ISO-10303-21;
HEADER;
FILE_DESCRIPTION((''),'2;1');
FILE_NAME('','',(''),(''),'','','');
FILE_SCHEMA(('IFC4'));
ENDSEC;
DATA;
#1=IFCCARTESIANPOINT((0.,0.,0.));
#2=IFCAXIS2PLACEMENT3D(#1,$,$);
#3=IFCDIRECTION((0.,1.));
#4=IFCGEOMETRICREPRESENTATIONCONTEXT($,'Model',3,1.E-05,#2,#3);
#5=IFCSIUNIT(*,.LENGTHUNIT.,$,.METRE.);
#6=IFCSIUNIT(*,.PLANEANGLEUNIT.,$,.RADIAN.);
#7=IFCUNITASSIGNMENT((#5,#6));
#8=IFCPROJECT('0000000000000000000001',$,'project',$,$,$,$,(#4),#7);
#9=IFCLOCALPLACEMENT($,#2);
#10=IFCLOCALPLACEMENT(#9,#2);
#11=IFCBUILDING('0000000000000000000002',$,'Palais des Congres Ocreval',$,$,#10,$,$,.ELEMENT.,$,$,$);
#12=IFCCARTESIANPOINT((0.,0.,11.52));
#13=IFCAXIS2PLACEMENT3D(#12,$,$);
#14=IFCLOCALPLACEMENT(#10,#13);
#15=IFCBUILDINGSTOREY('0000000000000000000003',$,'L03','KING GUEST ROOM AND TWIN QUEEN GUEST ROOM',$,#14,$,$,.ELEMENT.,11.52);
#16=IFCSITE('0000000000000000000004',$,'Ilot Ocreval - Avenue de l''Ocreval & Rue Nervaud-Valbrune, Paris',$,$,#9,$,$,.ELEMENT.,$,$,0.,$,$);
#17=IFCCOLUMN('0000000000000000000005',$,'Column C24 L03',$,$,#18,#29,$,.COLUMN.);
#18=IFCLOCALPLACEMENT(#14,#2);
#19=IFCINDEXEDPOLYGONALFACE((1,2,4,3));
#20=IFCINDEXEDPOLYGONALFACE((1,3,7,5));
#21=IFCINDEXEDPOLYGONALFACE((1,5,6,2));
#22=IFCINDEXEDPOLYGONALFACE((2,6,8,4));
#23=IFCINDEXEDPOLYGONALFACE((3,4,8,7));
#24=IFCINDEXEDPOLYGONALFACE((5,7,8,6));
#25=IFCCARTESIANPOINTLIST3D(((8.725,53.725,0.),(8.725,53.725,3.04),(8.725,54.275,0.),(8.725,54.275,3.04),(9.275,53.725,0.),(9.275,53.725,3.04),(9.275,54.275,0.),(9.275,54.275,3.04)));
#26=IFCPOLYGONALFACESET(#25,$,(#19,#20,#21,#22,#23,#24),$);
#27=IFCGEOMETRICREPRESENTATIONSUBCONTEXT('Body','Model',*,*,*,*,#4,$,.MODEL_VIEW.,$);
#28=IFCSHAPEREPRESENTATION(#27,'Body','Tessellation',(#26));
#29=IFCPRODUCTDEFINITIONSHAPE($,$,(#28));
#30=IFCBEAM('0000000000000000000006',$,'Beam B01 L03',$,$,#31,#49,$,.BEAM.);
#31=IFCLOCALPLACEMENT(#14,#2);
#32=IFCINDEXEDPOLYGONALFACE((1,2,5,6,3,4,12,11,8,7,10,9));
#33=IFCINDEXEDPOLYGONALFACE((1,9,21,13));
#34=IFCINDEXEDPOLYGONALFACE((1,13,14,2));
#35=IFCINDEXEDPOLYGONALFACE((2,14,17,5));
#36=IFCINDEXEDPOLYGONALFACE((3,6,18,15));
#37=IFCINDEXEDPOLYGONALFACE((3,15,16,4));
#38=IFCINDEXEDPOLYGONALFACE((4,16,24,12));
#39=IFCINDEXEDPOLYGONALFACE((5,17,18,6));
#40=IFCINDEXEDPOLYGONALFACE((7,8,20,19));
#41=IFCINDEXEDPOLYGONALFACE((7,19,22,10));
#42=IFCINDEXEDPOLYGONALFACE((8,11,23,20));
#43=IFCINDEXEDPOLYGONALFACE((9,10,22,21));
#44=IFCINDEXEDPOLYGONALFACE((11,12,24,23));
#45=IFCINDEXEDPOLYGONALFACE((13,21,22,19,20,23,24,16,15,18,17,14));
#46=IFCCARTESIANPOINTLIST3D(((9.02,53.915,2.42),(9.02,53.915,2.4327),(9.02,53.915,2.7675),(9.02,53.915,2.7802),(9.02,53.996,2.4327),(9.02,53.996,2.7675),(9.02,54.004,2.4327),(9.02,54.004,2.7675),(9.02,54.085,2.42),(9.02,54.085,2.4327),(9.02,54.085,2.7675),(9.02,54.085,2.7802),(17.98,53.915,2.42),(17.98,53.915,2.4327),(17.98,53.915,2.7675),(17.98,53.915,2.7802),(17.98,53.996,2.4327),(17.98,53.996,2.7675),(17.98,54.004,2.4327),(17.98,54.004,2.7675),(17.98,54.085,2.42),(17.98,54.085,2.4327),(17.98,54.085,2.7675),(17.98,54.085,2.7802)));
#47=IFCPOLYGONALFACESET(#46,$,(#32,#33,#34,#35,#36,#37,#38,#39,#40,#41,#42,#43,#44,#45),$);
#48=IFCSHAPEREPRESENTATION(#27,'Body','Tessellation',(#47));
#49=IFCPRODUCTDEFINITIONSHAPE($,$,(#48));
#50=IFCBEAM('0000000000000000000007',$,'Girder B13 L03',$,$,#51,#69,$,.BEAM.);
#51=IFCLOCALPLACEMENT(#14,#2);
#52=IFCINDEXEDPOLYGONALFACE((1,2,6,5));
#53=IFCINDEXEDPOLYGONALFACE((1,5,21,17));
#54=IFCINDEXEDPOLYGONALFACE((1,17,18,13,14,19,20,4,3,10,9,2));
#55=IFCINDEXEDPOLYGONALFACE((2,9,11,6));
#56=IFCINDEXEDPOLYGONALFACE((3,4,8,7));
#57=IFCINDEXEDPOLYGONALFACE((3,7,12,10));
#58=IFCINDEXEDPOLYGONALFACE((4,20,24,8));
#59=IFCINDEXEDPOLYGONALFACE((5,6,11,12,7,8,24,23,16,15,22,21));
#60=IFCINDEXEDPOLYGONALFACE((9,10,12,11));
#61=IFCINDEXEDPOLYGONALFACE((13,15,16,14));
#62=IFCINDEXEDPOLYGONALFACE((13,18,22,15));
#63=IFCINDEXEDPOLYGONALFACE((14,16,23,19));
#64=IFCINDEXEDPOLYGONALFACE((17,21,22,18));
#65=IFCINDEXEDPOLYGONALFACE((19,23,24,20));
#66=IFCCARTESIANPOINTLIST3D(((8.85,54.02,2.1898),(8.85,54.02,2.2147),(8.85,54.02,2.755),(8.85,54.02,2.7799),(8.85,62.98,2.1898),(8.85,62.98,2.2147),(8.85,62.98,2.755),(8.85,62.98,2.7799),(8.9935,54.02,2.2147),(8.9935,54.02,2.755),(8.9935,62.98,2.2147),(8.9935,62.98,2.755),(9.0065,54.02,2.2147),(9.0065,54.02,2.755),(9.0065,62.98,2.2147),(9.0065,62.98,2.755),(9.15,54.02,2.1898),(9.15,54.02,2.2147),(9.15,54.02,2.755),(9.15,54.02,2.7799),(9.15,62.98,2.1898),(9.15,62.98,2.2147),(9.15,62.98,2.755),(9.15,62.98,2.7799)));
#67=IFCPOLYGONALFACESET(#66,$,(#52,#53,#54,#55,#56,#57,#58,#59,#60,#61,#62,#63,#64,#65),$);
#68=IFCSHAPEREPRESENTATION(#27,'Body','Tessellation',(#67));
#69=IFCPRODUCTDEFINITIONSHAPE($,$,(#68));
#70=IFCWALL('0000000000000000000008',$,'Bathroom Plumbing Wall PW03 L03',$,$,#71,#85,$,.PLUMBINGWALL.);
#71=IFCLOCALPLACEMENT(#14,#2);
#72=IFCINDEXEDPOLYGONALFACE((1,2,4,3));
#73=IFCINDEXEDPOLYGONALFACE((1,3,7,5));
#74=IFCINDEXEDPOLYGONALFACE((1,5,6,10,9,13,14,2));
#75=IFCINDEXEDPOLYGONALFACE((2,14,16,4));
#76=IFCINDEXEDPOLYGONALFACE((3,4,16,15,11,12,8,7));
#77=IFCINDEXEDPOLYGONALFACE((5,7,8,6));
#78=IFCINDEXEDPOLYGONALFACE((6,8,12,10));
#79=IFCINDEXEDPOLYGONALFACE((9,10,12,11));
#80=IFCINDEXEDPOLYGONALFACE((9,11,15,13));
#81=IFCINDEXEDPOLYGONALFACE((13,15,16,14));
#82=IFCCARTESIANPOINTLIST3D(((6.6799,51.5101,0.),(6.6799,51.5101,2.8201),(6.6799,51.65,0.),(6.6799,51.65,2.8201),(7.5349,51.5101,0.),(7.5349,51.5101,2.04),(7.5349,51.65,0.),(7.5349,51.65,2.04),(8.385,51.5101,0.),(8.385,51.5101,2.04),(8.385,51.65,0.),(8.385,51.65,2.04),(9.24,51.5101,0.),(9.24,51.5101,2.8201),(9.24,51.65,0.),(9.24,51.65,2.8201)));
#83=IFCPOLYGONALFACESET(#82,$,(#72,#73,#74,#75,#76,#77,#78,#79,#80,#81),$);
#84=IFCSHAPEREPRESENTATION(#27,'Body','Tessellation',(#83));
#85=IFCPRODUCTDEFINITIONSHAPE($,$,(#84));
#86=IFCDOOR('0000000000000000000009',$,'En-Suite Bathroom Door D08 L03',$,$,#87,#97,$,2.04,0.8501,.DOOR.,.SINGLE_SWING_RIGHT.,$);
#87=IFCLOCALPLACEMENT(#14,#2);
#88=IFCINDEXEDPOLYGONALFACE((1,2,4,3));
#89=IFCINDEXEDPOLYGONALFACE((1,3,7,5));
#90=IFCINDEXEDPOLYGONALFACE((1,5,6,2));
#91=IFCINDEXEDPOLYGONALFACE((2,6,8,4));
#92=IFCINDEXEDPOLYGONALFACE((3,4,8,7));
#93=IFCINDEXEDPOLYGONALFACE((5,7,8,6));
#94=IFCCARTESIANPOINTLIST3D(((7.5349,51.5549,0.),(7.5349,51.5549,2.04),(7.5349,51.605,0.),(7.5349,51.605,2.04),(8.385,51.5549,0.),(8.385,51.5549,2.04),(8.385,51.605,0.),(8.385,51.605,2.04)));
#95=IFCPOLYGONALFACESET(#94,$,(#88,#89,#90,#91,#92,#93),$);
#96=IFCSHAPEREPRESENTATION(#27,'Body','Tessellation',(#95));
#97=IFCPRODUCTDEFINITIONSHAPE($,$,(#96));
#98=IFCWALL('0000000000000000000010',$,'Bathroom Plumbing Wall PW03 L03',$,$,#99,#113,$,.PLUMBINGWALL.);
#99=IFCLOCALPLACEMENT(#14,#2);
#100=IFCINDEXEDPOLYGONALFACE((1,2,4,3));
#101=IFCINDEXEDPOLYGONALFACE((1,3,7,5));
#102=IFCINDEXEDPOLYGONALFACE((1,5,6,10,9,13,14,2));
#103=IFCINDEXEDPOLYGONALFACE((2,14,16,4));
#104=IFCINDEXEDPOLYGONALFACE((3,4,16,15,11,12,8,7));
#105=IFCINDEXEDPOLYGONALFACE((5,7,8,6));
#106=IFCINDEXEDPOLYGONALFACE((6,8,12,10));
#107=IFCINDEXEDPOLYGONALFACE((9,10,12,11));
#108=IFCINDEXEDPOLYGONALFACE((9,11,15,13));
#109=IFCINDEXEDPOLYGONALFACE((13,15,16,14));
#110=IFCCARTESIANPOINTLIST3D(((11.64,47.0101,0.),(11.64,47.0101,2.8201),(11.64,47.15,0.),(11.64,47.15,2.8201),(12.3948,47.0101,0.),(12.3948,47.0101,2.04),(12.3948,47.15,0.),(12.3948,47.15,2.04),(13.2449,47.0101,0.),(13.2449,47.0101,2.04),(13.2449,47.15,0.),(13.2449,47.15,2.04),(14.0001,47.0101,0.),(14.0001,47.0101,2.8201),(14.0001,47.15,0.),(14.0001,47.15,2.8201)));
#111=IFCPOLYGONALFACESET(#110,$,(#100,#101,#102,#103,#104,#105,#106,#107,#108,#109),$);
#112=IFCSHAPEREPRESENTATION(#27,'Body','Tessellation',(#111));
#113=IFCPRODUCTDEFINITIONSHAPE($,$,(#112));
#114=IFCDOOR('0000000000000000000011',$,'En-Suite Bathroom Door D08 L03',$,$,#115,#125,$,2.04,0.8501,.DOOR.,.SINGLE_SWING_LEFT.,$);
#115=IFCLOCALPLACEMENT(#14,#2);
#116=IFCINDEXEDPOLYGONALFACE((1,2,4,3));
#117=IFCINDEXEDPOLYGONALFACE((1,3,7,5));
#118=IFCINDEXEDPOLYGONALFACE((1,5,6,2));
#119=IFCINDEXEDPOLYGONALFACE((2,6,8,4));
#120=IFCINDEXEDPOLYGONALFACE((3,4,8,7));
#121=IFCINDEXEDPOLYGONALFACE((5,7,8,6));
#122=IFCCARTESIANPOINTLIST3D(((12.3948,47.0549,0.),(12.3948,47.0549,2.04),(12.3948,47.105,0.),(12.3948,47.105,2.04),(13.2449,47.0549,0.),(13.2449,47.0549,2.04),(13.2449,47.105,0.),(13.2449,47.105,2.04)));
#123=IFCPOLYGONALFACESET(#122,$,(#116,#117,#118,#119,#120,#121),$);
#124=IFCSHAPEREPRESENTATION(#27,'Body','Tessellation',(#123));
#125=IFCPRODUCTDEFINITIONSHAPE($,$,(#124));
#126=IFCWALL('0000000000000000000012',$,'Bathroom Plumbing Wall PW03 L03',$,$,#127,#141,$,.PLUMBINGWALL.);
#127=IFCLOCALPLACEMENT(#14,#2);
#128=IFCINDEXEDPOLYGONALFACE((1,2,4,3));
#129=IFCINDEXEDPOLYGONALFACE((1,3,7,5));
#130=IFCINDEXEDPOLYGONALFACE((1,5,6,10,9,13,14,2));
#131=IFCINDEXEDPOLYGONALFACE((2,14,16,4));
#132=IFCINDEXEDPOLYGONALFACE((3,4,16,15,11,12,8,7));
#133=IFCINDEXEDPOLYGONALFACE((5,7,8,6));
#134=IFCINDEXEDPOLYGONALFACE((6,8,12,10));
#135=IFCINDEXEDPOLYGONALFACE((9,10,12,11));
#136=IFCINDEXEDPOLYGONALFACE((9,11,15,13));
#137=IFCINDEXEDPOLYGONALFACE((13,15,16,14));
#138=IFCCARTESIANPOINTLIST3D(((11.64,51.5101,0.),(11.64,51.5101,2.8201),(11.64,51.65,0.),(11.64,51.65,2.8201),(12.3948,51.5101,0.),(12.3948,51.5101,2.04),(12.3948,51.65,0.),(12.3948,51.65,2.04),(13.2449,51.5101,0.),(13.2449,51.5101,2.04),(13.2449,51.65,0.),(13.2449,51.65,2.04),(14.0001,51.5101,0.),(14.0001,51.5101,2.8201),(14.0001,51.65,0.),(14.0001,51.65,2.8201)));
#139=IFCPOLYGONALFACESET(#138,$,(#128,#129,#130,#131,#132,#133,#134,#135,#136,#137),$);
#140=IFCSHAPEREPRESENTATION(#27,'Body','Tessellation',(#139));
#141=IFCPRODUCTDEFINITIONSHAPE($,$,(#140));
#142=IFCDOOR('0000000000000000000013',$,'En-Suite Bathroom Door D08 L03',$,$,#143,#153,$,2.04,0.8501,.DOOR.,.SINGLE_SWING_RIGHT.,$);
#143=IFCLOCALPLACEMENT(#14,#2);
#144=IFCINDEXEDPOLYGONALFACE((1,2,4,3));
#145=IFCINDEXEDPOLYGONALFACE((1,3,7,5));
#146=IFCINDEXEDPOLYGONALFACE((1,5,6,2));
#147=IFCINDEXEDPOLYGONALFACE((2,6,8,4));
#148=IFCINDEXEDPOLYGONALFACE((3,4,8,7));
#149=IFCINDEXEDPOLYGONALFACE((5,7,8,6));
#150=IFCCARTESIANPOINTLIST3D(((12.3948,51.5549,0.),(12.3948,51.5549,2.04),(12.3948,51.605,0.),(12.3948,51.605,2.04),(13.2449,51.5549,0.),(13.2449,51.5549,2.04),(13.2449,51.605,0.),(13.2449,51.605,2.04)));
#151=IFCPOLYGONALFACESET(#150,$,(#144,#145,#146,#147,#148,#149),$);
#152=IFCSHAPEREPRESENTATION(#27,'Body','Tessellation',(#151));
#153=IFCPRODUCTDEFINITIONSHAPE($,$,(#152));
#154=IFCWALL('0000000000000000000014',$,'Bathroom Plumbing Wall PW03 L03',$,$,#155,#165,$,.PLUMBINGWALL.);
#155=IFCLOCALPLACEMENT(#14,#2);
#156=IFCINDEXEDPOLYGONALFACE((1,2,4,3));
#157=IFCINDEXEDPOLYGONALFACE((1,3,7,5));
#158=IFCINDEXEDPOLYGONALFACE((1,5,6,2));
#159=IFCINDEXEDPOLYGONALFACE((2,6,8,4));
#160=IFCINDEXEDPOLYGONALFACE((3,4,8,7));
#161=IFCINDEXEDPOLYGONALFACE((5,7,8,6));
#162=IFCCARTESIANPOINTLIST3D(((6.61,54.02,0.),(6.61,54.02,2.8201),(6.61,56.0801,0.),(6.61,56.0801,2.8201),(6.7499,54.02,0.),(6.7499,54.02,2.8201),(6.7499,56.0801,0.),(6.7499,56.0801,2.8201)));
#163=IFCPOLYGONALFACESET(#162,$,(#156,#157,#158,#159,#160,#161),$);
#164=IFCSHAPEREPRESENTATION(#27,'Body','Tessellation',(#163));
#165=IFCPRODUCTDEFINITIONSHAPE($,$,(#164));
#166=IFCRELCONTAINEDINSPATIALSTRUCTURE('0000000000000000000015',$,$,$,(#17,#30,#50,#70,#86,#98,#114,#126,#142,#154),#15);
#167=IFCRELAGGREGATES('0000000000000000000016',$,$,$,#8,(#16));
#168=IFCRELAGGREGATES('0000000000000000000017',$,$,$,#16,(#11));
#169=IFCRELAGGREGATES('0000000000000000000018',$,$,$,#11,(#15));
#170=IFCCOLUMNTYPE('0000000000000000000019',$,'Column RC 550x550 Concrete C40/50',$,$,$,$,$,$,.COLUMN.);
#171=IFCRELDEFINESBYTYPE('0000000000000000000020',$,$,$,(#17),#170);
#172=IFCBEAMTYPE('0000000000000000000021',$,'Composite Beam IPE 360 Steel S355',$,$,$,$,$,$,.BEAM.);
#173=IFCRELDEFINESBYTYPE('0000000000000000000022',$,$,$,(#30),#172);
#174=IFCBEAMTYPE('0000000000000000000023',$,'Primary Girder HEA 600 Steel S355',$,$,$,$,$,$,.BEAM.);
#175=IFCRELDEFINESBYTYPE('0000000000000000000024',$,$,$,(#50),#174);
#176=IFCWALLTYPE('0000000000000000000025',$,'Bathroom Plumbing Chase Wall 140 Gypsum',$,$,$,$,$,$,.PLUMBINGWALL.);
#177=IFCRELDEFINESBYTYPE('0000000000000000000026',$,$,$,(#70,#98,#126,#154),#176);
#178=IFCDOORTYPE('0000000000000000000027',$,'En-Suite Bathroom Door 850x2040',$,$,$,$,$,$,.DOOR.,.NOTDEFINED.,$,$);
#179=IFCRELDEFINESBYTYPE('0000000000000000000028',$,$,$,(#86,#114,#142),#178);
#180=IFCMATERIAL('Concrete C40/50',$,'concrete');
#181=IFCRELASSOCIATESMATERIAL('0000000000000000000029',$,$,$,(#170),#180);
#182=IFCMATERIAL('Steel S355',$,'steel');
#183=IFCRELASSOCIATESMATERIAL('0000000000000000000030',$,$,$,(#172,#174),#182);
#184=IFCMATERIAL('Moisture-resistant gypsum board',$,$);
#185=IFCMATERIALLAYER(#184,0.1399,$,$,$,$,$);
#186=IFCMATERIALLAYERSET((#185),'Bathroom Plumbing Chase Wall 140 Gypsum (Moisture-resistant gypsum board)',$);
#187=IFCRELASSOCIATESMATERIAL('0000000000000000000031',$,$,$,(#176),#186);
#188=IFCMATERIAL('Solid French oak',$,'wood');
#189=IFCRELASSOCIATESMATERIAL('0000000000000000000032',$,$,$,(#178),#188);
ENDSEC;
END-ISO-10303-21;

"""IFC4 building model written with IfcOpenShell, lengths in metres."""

from ifc_helpers import new_model, si_unit, direction, frame, frame_2d, origin, origin_2d, place, context, subcontext, project, spatial, rectangle, i_section, extrude, material, layer, layer_set, material_profile, profile_set, type_object, element, fill, save


model = new_model("IFC4")

# Units and contexts
model_context = context("Model", 3, precision=1e-05, world=origin(), true_north=direction((0.0, 1.0)))
body_context = subcontext(model_context, "Body", "Model", "MODEL_VIEW")
ifc_project = project(units=[si_unit("LENGTHUNIT", "METRE"), si_unit("PLANEANGLEUNIT", "RADIAN")], contexts=[model_context])

# Site, building, storey
site_placement = place(None, origin())
site = spatial("IfcSite", under=ifc_project, at=site_placement, Name="Ilot Ocreval - Avenue de l'Ocreval & Rue Nervaud-Valbrune, Paris", CompositionType="ELEMENT", RefElevation=0.0)
building_placement = place(site_placement, origin())
building = spatial("IfcBuilding", under=site, at=building_placement, Name="Palais des Congres Ocreval", CompositionType="ELEMENT")
storey_placement = place(building_placement, frame((0.0, 0.0, 11.52)))
storey = spatial("IfcBuildingStorey", under=building, at=storey_placement, Name="L03", Description="KING GUEST ROOM AND TWIN QUEEN GUEST ROOM", CompositionType="ELEMENT", Elevation=11.52)

# Column
ifc_material_1 = material(Name="Concrete C40/50", Category="concrete")
ifc_material_profile_1 = material_profile(ifc_material_1, rectangle(XDim=0.55, YDim=0.55, at=origin_2d()), Name="RC 550x550")
ifc_profile_set_1 = profile_set([ifc_material_profile_1], Name="Concrete C40/50")
column_type = type_object("IfcColumnType", Name="Column RC 550x550 Concrete C40/50", PredefinedType="COLUMN", material=ifc_profile_set_1)
column_placement = place(storey_placement, frame((9.0, 54.0, 0.0), z_axis=(0.0, 0.0, 1.0), x_axis=(1.0, 0.0, 0.0)))
element("IfcColumn", 1, at=column_placement, inside=storey, type_object=column_type, Name="Column C24 L03", PredefinedType="COLUMN", context=body_context, shape_type="SweptSolid", body=[
    extrude(rectangle(XDim=0.55, YDim=0.55, at=origin_2d()), origin(), (0.0, 0.0, 1.0), 3.04),
])

# Beams
ifc_material_2 = material(Name="Steel S355", Category="steel")
ifc_material_profile_2 = material_profile(ifc_material_2, i_section(OverallWidth=0.1699, OverallDepth=0.3601, WebThickness=0.0081, FlangeThickness=0.0127, at=origin_2d()), Name="IPE 360")
ifc_profile_set_2 = profile_set([ifc_material_profile_2], Name="Steel S355")
beam_type_1 = type_object("IfcBeamType", Name="Composite Beam IPE 360 Steel S355", PredefinedType="BEAM", material=ifc_profile_set_2)
beam_1_placement = place(storey_placement, frame((9.02, 54.0, 2.6001), z_axis=(1.0, 0.0, 0.0), x_axis=(0.0, 1.0, 0.0)))
element("IfcBeam", 2, at=beam_1_placement, inside=storey, type_object=beam_type_1, Name="Beam B01 L03", PredefinedType="BEAM", context=body_context, shape_type="SweptSolid", body=[
    extrude(i_section(OverallWidth=0.1699, OverallDepth=0.3601, WebThickness=0.0081, FlangeThickness=0.0127, at=origin_2d()), origin(), (0.0, 0.0, 1.0), 8.96),
])
ifc_material_profile_3 = material_profile(ifc_material_2, i_section(OverallWidth=0.3, OverallDepth=0.5901, WebThickness=0.0129, FlangeThickness=0.0249, at=origin_2d()), Name="HEA 600")
ifc_profile_set_3 = profile_set([ifc_material_profile_3], Name="Steel S355")
beam_type_2 = type_object("IfcBeamType", Name="Primary Girder HEA 600 Steel S355", PredefinedType="BEAM", material=ifc_profile_set_3)
beam_2_placement = place(storey_placement, frame((9.0, 54.02, 2.4849), z_axis=(0.0, 1.0, 0.0), x_axis=(-1.0, 0.0, 0.0)))
element("IfcBeam", 3, at=beam_2_placement, inside=storey, type_object=beam_type_2, Name="Girder B13 L03", PredefinedType="BEAM", context=body_context, shape_type="SweptSolid", body=[
    extrude(i_section(OverallWidth=0.3, OverallDepth=0.5901, WebThickness=0.0129, FlangeThickness=0.0249, at=origin_2d()), origin(), (0.0, 0.0, 1.0), 8.96),
])

# Walls, openings, doors
ifc_material_3 = material(Name="Moisture-resistant gypsum board")
ifc_layer_1 = layer(ifc_material_3, 0.1399)
ifc_layer_set_1 = layer_set([ifc_layer_1], Name="Bathroom Plumbing Chase Wall 140 Gypsum (Moisture-resistant gypsum board)")
wall_type_1 = type_object("IfcWallType", Name="Bathroom Plumbing Chase Wall 140 Gypsum", PredefinedType="PLUMBINGWALL", material=ifc_layer_set_1)
wall_1_placement = place(storey_placement, frame((6.6799, 51.5801, 0.0), z_axis=(0.0, 0.0, 1.0), x_axis=(1.0, 0.0, 0.0)))
wall_1 = element("IfcWall", 4, at=wall_1_placement, inside=storey, type_object=wall_type_1, Name="Bathroom Plumbing Wall PW03 L03", PredefinedType="PLUMBINGWALL", context=body_context, shape_type="SweptSolid", body=[
    extrude(rectangle(XDim=2.5601, YDim=0.1399, at=frame_2d((1.28, 0.0))), origin(), (0.0, 0.0, 1.0), 2.8201),
])
opening_1_placement = place(wall_1_placement, frame((0.855, 0.0, 0.0)))
opening_1 = element("IfcOpeningElement", 5, at=opening_1_placement, cuts=wall_1, PredefinedType="OPENING", context=body_context, shape_type="SweptSolid", body=[
    extrude(rectangle(XDim=0.8501, YDim=2.04, at=frame_2d((0.425, 1.02))), frame((0.0, 0.0798, 0.0), z_axis=(0.0, -1.0, 0.0), x_axis=(1.0, 0.0, 0.0)), (0.0, 0.0, 1.0), 0.1599),
])
ifc_material_4 = material(Name="Solid French oak", Category="wood")
door_type_1 = type_object("IfcDoorType", Name="En-Suite Bathroom Door 850x2040", OperationType="NOTDEFINED", PredefinedType="DOOR", material=ifc_material_4)
door_1_placement = place(opening_1_placement, origin())
door_1 = element("IfcDoor", 6, at=door_1_placement, inside=storey, type_object=door_type_1, Name="En-Suite Bathroom Door D08 L03", OperationType="SINGLE_SWING_RIGHT", OverallHeight=2.04, OverallWidth=0.8501, PredefinedType="DOOR", context=body_context, shape_type="SweptSolid", body=[
    extrude(rectangle(XDim=0.8501, YDim=2.04, at=frame_2d((0.425, 1.02))), frame((0.0, 0.0249, 0.0), z_axis=(0.0, -1.0, 0.0), x_axis=(1.0, 0.0, 0.0)), (0.0, 0.0, 1.0), 0.05),
])
fill(opening_1, door_1)
wall_2_placement = place(storey_placement, frame((11.6399, 47.0801, 0.0), z_axis=(0.0, 0.0, 1.0), x_axis=(1.0, 0.0, 0.0)))
wall_2 = element("IfcWall", 7, at=wall_2_placement, inside=storey, type_object=wall_type_1, Name="Bathroom Plumbing Wall PW03 L03", PredefinedType="PLUMBINGWALL", context=body_context, shape_type="SweptSolid", body=[
    extrude(rectangle(XDim=2.3601, YDim=0.1399, at=frame_2d((1.1802, 0.0))), origin(), (0.0, 0.0, 1.0), 2.8201),
])
opening_2_placement = place(wall_2_placement, frame((0.7549, 0.0, 0.0)))
opening_2 = element("IfcOpeningElement", 8, at=opening_2_placement, cuts=wall_2, PredefinedType="OPENING", context=body_context, shape_type="SweptSolid", body=[
    extrude(rectangle(XDim=0.8501, YDim=2.04, at=frame_2d((0.425, 1.02))), frame((0.0, 0.0798, 0.0), z_axis=(0.0, -1.0, 0.0), x_axis=(1.0, 0.0, 0.0)), (0.0, 0.0, 1.0), 0.1599),
])
door_2_placement = place(opening_2_placement, origin())
door_2 = element("IfcDoor", 9, at=door_2_placement, inside=storey, type_object=door_type_1, Name="En-Suite Bathroom Door D08 L03", OperationType="SINGLE_SWING_LEFT", OverallHeight=2.04, OverallWidth=0.8501, PredefinedType="DOOR", context=body_context, shape_type="SweptSolid", body=[
    extrude(rectangle(XDim=0.8501, YDim=2.04, at=frame_2d((0.425, 1.02))), frame((0.0, 0.0249, 0.0), z_axis=(0.0, -1.0, 0.0), x_axis=(1.0, 0.0, 0.0)), (0.0, 0.0, 1.0), 0.05),
])
fill(opening_2, door_2)
wall_3_placement = place(storey_placement, frame((11.6399, 51.5801, 0.0), z_axis=(0.0, 0.0, 1.0), x_axis=(1.0, 0.0, 0.0)))
wall_3 = element("IfcWall", 10, at=wall_3_placement, inside=storey, type_object=wall_type_1, Name="Bathroom Plumbing Wall PW03 L03", PredefinedType="PLUMBINGWALL", context=body_context, shape_type="SweptSolid", body=[
    extrude(rectangle(XDim=2.3601, YDim=0.1399, at=frame_2d((1.1802, 0.0))), origin(), (0.0, 0.0, 1.0), 2.8201),
])
opening_3_placement = place(wall_3_placement, frame((0.7549, 0.0, 0.0)))
opening_3 = element("IfcOpeningElement", 11, at=opening_3_placement, cuts=wall_3, PredefinedType="OPENING", context=body_context, shape_type="SweptSolid", body=[
    extrude(rectangle(XDim=0.8501, YDim=2.04, at=frame_2d((0.425, 1.02))), frame((0.0, 0.0798, 0.0), z_axis=(0.0, -1.0, 0.0), x_axis=(1.0, 0.0, 0.0)), (0.0, 0.0, 1.0), 0.1599),
])
door_3_placement = place(opening_3_placement, origin())
door_3 = element("IfcDoor", 12, at=door_3_placement, inside=storey, type_object=door_type_1, Name="En-Suite Bathroom Door D08 L03", OperationType="SINGLE_SWING_RIGHT", OverallHeight=2.04, OverallWidth=0.8501, PredefinedType="DOOR", context=body_context, shape_type="SweptSolid", body=[
    extrude(rectangle(XDim=0.8501, YDim=2.04, at=frame_2d((0.425, 1.02))), frame((0.0, 0.0249, 0.0), z_axis=(0.0, -1.0, 0.0), x_axis=(1.0, 0.0, 0.0)), (0.0, 0.0, 1.0), 0.05),
])
fill(opening_3, door_3)

# Wall
wall_4_placement = place(storey_placement, frame((6.6799, 54.02, 0.0), z_axis=(0.0, 0.0, 1.0), x_axis=(0.0, 1.0, 0.0)))
element("IfcWall", 13, at=wall_4_placement, inside=storey, type_object=wall_type_1, Name="Bathroom Plumbing Wall PW03 L03", PredefinedType="PLUMBINGWALL", context=body_context, shape_type="SweptSolid", body=[
    extrude(rectangle(XDim=2.0601, YDim=0.1399, at=frame_2d((1.03, 0.0))), origin(), (0.0, 0.0, 1.0), 2.8201),
])

save(model, "model.ifc")
